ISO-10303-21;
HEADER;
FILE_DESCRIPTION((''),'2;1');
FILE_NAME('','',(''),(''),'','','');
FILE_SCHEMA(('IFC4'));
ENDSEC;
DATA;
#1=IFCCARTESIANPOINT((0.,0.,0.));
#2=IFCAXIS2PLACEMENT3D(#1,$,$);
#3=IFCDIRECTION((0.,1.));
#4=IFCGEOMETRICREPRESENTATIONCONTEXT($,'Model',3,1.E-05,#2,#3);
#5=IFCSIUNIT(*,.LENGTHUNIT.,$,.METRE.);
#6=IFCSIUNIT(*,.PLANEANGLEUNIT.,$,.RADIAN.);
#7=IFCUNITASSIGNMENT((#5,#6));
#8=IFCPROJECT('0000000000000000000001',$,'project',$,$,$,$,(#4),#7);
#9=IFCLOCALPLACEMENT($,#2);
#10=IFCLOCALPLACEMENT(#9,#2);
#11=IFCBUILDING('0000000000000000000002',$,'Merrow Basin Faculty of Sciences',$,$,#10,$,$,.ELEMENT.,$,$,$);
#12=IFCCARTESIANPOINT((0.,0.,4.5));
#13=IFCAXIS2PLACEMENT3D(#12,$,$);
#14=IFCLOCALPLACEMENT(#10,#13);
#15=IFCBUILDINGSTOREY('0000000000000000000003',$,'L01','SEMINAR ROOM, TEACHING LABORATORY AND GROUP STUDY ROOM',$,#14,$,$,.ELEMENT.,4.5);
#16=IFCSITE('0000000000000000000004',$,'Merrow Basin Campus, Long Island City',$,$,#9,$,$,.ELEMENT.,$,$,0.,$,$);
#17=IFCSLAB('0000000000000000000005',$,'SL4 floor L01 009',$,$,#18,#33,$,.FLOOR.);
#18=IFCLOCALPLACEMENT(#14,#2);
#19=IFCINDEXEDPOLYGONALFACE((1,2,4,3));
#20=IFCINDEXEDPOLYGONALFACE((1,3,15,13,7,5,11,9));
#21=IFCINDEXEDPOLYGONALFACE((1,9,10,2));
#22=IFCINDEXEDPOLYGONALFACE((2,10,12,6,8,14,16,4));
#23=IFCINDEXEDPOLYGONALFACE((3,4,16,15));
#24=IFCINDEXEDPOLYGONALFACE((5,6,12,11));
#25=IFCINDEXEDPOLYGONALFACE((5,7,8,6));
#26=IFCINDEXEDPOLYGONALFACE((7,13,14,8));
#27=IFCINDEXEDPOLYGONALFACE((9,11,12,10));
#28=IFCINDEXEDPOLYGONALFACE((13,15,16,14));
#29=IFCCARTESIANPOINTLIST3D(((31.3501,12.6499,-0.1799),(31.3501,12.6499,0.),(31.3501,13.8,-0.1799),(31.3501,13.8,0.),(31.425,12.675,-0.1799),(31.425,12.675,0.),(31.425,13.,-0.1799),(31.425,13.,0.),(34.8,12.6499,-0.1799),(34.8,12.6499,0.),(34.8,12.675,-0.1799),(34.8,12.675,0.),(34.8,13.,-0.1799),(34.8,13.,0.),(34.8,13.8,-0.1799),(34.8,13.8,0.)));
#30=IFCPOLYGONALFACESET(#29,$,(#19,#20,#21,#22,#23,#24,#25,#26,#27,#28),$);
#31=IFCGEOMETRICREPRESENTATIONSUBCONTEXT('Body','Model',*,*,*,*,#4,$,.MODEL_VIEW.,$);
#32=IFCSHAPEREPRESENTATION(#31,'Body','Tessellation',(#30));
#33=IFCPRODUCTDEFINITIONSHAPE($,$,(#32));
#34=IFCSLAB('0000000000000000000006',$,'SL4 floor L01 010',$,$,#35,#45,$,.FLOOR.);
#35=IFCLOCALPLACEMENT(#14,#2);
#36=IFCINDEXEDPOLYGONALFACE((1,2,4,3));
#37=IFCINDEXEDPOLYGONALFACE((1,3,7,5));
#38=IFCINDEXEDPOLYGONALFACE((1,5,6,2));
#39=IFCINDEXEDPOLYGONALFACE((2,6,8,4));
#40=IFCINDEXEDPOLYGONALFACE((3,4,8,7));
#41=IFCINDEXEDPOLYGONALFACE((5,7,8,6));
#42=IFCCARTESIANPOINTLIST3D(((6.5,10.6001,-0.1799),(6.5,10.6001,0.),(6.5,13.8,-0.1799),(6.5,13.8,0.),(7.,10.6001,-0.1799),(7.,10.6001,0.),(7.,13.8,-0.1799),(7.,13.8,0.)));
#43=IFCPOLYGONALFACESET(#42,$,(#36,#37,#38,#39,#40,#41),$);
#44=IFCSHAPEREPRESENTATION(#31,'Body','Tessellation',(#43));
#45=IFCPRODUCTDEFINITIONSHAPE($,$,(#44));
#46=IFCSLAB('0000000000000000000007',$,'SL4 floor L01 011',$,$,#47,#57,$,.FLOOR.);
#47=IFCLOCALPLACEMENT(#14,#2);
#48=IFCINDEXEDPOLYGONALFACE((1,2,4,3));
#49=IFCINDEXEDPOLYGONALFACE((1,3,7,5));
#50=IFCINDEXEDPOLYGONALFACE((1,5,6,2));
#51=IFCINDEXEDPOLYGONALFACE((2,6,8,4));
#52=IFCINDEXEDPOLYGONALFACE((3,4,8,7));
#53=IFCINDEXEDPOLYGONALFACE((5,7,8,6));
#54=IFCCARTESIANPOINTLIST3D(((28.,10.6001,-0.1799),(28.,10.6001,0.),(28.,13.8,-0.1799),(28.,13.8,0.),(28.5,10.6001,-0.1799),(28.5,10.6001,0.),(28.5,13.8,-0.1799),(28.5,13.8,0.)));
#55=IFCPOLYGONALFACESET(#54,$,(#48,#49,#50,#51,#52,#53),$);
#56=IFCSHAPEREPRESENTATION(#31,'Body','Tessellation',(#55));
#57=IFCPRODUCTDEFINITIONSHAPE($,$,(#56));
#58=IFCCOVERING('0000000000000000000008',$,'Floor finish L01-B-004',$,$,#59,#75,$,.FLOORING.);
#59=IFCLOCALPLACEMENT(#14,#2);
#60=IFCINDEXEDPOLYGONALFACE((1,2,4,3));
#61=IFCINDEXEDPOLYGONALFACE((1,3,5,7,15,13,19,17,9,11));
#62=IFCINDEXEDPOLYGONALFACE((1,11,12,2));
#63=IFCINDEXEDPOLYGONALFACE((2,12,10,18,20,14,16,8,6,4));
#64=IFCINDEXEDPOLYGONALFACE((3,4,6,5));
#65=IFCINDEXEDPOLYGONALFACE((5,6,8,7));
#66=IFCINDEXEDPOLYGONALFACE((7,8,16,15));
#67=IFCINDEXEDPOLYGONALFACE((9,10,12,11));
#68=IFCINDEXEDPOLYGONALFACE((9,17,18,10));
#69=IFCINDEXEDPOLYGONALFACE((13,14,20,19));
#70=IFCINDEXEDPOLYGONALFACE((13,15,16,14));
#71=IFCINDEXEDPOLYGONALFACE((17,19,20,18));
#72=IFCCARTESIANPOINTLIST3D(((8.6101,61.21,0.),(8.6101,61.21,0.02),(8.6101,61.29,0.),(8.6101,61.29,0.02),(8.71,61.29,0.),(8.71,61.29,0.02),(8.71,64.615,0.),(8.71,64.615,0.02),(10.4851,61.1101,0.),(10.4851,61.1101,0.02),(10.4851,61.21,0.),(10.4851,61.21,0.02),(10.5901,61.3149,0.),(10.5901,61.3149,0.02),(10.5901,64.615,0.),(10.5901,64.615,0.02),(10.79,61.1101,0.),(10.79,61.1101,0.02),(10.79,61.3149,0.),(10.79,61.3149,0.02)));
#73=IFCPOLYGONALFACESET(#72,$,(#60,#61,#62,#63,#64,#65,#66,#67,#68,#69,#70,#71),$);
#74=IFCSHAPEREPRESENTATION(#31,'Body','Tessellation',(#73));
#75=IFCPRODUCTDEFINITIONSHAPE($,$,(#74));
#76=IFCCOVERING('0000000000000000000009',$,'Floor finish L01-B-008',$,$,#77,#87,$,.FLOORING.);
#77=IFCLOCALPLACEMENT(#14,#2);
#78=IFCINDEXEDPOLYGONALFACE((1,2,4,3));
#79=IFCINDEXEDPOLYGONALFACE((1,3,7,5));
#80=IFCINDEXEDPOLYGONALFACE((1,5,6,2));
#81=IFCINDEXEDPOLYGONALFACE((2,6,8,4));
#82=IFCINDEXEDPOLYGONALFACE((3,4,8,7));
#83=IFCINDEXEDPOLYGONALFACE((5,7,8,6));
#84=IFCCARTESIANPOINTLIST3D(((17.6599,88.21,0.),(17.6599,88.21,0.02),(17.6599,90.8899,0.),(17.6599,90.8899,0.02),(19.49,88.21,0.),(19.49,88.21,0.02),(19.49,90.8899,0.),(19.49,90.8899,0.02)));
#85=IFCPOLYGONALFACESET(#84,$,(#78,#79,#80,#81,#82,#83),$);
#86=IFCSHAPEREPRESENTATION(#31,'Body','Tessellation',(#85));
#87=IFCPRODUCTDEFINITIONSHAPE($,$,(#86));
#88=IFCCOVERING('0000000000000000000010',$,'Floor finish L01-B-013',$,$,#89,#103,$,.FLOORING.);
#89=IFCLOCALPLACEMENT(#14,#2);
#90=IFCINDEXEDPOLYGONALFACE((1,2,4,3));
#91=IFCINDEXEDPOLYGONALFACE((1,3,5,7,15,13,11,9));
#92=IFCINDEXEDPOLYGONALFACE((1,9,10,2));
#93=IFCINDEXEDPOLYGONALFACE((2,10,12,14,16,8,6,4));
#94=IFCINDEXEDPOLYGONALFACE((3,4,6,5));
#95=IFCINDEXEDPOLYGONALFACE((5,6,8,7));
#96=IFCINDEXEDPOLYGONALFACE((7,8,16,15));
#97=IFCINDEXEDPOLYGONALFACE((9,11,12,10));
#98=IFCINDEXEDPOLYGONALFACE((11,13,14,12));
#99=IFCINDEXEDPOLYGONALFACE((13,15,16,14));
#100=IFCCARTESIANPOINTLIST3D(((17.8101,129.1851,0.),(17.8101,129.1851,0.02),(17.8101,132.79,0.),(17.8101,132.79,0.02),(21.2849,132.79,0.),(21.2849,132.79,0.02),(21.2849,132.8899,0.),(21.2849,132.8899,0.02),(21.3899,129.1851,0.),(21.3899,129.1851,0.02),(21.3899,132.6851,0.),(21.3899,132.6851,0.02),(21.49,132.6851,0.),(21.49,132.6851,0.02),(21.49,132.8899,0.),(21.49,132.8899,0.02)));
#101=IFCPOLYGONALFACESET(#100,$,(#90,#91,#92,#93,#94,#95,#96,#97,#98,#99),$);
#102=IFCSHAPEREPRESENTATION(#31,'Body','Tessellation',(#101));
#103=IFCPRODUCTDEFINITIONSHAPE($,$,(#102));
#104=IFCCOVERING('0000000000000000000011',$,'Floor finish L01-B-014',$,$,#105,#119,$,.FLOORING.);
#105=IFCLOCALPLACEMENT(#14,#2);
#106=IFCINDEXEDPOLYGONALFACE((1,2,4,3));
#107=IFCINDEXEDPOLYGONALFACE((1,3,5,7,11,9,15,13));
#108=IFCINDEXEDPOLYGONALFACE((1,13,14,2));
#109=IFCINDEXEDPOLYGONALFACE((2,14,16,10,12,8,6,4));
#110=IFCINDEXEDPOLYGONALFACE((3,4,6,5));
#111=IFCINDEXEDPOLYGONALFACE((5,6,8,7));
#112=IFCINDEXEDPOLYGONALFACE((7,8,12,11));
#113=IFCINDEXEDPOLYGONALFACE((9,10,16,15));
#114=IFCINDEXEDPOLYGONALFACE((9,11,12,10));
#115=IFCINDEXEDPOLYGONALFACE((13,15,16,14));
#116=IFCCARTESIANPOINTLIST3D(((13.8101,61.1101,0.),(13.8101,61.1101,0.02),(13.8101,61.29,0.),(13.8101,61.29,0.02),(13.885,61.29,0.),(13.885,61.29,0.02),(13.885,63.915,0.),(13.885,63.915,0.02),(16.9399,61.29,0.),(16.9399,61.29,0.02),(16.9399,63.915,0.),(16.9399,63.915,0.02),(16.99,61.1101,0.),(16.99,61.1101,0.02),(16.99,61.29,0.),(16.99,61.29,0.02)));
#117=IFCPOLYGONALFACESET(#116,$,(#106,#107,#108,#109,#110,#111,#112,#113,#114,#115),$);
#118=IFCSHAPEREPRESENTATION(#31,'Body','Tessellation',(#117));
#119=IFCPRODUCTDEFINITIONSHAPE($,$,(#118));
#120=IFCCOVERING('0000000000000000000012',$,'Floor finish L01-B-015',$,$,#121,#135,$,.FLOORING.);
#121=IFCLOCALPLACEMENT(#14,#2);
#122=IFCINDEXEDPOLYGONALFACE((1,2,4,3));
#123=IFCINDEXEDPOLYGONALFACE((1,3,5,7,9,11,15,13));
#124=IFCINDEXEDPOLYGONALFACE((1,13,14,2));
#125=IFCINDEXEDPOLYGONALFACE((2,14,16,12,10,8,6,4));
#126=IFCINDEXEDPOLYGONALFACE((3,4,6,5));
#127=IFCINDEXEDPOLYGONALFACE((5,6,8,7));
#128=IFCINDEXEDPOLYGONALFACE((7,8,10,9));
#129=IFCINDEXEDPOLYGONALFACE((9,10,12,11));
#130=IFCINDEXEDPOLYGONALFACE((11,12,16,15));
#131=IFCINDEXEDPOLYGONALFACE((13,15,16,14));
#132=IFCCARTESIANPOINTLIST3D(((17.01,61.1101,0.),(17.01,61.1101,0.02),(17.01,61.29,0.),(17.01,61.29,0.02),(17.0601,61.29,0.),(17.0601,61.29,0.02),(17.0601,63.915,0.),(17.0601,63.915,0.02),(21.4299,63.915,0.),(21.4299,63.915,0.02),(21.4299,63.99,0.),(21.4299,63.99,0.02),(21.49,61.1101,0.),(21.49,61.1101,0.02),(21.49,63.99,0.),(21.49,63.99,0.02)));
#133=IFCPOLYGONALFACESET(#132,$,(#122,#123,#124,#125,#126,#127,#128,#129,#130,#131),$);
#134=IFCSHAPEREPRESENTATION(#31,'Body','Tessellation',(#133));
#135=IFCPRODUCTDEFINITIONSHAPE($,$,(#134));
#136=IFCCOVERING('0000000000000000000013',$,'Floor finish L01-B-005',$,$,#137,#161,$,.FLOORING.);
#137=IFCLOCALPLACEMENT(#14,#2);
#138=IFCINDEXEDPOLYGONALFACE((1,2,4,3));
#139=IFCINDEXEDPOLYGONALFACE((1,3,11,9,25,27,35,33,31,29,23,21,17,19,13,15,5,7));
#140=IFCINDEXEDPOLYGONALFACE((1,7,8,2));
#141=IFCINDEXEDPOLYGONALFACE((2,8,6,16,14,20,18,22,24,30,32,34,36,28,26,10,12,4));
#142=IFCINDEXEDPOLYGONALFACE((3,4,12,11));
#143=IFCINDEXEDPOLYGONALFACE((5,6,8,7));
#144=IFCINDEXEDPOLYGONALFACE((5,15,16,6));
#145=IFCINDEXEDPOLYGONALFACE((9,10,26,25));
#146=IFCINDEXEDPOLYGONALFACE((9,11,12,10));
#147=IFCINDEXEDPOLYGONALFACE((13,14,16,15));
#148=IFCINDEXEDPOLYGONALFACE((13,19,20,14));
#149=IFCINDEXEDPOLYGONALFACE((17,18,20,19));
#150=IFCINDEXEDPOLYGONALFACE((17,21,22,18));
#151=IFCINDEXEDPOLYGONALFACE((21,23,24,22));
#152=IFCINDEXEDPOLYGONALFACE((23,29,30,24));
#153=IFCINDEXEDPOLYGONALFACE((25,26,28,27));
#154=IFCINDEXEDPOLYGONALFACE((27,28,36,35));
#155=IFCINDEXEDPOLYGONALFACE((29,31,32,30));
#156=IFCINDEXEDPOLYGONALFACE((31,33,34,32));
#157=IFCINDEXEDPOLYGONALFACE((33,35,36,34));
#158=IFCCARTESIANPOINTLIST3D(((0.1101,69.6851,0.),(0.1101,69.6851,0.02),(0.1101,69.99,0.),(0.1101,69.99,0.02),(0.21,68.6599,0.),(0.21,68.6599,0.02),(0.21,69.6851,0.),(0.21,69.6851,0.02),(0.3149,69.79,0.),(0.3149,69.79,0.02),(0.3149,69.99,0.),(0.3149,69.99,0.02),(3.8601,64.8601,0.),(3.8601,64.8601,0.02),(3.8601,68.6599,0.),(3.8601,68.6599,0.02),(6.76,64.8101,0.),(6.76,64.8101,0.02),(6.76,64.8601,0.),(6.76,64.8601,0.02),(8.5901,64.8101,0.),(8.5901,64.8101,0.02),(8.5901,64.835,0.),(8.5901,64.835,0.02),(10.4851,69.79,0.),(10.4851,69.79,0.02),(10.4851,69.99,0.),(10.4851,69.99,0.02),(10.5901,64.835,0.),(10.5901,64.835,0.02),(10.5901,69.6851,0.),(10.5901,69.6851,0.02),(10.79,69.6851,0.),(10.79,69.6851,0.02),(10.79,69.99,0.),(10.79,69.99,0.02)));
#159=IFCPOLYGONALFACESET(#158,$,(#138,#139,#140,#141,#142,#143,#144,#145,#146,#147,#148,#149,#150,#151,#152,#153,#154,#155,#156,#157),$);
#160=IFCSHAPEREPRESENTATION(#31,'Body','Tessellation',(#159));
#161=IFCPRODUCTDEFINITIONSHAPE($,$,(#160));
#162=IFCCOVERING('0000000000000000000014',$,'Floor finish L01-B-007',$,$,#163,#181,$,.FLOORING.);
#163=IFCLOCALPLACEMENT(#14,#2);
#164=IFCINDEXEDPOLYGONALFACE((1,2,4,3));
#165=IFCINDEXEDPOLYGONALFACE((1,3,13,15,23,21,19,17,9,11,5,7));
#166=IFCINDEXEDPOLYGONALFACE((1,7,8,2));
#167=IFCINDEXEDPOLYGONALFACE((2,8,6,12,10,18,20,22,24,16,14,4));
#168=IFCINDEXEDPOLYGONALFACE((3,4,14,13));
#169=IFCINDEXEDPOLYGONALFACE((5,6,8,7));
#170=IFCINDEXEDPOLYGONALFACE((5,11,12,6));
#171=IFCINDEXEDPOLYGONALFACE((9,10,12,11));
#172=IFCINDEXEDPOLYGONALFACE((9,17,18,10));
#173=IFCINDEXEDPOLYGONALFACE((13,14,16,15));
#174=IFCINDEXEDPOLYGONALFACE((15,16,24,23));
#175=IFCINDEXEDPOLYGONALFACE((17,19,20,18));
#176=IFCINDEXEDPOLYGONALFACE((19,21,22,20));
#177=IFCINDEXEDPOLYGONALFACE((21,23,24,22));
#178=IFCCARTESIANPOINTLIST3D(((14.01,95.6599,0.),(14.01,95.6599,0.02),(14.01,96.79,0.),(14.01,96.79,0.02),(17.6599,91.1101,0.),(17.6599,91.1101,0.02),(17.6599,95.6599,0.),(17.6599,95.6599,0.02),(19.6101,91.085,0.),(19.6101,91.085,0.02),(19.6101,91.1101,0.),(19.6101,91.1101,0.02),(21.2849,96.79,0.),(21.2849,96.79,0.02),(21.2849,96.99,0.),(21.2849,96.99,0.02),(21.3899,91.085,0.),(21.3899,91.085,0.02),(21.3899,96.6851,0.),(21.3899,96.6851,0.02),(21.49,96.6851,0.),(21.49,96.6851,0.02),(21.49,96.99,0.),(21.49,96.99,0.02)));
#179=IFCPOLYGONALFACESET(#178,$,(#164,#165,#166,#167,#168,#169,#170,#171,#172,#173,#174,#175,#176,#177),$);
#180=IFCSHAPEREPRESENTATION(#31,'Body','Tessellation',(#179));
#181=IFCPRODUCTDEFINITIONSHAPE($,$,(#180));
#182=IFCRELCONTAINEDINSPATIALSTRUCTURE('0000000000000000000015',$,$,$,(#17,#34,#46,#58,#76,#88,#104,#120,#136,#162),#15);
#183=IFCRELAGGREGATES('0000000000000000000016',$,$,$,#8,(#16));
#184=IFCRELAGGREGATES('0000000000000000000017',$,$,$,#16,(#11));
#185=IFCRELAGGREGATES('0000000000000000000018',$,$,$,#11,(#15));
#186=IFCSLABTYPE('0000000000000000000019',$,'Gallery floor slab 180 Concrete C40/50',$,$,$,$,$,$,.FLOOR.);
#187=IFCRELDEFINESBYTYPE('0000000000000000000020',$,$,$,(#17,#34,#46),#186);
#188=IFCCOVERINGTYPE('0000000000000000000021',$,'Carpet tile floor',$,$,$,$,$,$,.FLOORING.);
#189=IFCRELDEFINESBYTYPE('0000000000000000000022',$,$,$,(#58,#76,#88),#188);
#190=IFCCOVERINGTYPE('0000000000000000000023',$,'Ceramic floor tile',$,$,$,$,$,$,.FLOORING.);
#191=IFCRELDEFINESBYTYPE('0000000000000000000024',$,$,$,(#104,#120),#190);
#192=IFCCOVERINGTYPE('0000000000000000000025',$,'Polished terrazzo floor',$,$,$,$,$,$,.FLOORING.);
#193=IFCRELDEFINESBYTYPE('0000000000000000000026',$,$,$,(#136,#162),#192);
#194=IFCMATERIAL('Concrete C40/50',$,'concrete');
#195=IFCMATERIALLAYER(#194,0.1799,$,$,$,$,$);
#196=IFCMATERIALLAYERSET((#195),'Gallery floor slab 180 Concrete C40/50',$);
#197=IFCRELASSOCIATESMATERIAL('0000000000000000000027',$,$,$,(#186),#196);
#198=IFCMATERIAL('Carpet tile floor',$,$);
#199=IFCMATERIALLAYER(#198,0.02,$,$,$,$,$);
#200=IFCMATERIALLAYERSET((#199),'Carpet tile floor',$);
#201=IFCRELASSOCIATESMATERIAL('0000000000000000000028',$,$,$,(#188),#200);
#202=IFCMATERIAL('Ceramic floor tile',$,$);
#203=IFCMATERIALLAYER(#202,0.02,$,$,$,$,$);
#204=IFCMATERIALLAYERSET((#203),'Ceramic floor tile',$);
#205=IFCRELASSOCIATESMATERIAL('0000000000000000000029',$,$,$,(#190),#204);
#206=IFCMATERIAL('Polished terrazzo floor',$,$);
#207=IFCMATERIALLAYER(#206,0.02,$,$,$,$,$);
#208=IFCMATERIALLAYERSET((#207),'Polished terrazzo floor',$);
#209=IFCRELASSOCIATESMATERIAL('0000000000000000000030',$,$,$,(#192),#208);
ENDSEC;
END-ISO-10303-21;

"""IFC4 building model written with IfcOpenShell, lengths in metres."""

from ifc_helpers import new_model, si_unit, direction, frame, origin, place, context, subcontext, project, spatial, polyline, outline, extrude, material, layer, layer_set, type_object, element, save


model = new_model("IFC4")

# Units and contexts
model_context = context("Model", 3, precision=1e-05, world=origin(), true_north=direction((0.0, 1.0)))
body_context = subcontext(model_context, "Body", "Model", "MODEL_VIEW")
ifc_project = project(units=[si_unit("LENGTHUNIT", "METRE"), si_unit("PLANEANGLEUNIT", "RADIAN")], contexts=[model_context])

# Site, building, storey
site_placement = place(None, origin())
site = spatial("IfcSite", under=ifc_project, at=site_placement, Name="Merrow Basin Campus, Long Island City", CompositionType="ELEMENT", RefElevation=0.0)
building_placement = place(site_placement, origin())
building = spatial("IfcBuilding", under=site, at=building_placement, Name="Merrow Basin Faculty of Sciences", CompositionType="ELEMENT")
storey_placement = place(building_placement, frame((0.0, 0.0, 4.5)))
storey = spatial("IfcBuildingStorey", under=building, at=storey_placement, Name="L01", Description="SEMINAR ROOM, TEACHING LABORATORY AND GROUP STUDY ROOM", CompositionType="ELEMENT", Elevation=4.5)

# Slabs
ifc_material_1 = material(Name="Concrete C40/50", Category="concrete")
ifc_layer_1 = layer(ifc_material_1, 0.1799)
ifc_layer_set_1 = layer_set([ifc_layer_1], Name="Gallery floor slab 180 Concrete C40/50")
slab_type_1 = type_object("IfcSlabType", Name="Gallery floor slab 180 Concrete C40/50", PredefinedType="FLOOR", material=ifc_layer_set_1)
slab_1_placement = place(storey_placement, frame((0.0, 0.0, -0.1799)))
element("IfcSlab", 1, at=slab_1_placement, inside=storey, type_object=slab_type_1, Name="SL4 floor L01 009", PredefinedType="FLOOR", context=body_context, shape_type="SweptSolid", body=[
    extrude(outline(polyline([(34.8, 12.675), (34.8, 12.6499), (31.3501, 12.6499), (31.3501, 13.8), (34.8, 13.8), (34.8, 13.0), (31.425, 13.0), (31.425, 12.675), (34.8, 12.675)])), origin(), (0.0, 0.0, 1.0), 0.1799),
])
slab_2_placement = place(storey_placement, frame((0.0, 0.0, -0.1799)))
element("IfcSlab", 2, at=slab_2_placement, inside=storey, type_object=slab_type_1, Name="SL4 floor L01 010", PredefinedType="FLOOR", context=body_context, shape_type="SweptSolid", body=[
    extrude(outline(polyline([(7.0, 13.8), (7.0, 10.6001), (6.5, 10.6001), (6.5, 13.8), (7.0, 13.8)])), origin(), (0.0, 0.0, 1.0), 0.1799),
])
slab_3_placement = place(storey_placement, frame((0.0, 0.0, -0.1799)))
element("IfcSlab", 3, at=slab_3_placement, inside=storey, type_object=slab_type_1, Name="SL4 floor L01 011", PredefinedType="FLOOR", context=body_context, shape_type="SweptSolid", body=[
    extrude(outline(polyline([(28.0, 10.6001), (28.0, 13.8), (28.5, 13.8), (28.5, 10.6001), (28.0, 10.6001)])), origin(), (0.0, 0.0, 1.0), 0.1799),
])

# Coverings
ifc_material_2 = material(Name="Carpet tile floor")
ifc_layer_2 = layer(ifc_material_2, 0.02)
ifc_layer_set_2 = layer_set([ifc_layer_2], Name="Carpet tile floor")
covering_type_1 = type_object("IfcCoveringType", Name="Carpet tile floor", PredefinedType="FLOORING", material=ifc_layer_set_2)
covering_1_placement = place(storey_placement, origin())
element("IfcCovering", 4, at=covering_1_placement, inside=storey, type_object=covering_type_1, Name="Floor finish L01-B-004", PredefinedType="FLOORING", context=body_context, shape_type="SweptSolid", body=[
    extrude(outline(polyline([(10.5901, 64.615), (10.5901, 61.3149), (10.79, 61.3149), (10.79, 61.1101), (10.4851, 61.1101), (10.4851, 61.21), (8.6101, 61.21), (8.6101, 61.29), (8.71, 61.29), (8.71, 64.615), (10.5901, 64.615)])), origin(), (0.0, 0.0, 1.0), 0.02),
])
covering_2_placement = place(storey_placement, origin())
element("IfcCovering", 5, at=covering_2_placement, inside=storey, type_object=covering_type_1, Name="Floor finish L01-B-008", PredefinedType="FLOORING", context=body_context, shape_type="SweptSolid", body=[
    extrude(outline(polyline([(17.6599, 88.21), (17.6599, 90.8899), (19.49, 90.8899), (19.49, 88.21), (17.6599, 88.21)])), origin(), (0.0, 0.0, 1.0), 0.02),
])
covering_3_placement = place(storey_placement, origin())
element("IfcCovering", 6, at=covering_3_placement, inside=storey, type_object=covering_type_1, Name="Floor finish L01-B-013", PredefinedType="FLOORING", context=body_context, shape_type="SweptSolid", body=[
    extrude(outline(polyline([(21.3899, 129.1851), (17.8101, 129.1851), (17.8101, 132.79), (21.2849, 132.79), (21.2849, 132.8899), (21.49, 132.8899), (21.49, 132.6851), (21.3899, 132.6851), (21.3899, 129.1851)])), origin(), (0.0, 0.0, 1.0), 0.02),
])
ifc_material_3 = material(Name="Ceramic floor tile")
ifc_layer_3 = layer(ifc_material_3, 0.02)
ifc_layer_set_3 = layer_set([ifc_layer_3], Name="Ceramic floor tile")
covering_type_2 = type_object("IfcCoveringType", Name="Ceramic floor tile", PredefinedType="FLOORING", material=ifc_layer_set_3)
covering_4_placement = place(storey_placement, origin())
element("IfcCovering", 7, at=covering_4_placement, inside=storey, type_object=covering_type_2, Name="Floor finish L01-B-014", PredefinedType="FLOORING", context=body_context, shape_type="SweptSolid", body=[
    extrude(outline(polyline([(16.99, 61.1101), (13.8101, 61.1101), (13.8101, 61.29), (13.885, 61.29), (13.885, 63.915), (16.9399, 63.915), (16.9399, 61.29), (16.99, 61.29), (16.99, 61.1101)])), origin(), (0.0, 0.0, 1.0), 0.02),
])
covering_5_placement = place(storey_placement, origin())
element("IfcCovering", 8, at=covering_5_placement, inside=storey, type_object=covering_type_2, Name="Floor finish L01-B-015", PredefinedType="FLOORING", context=body_context, shape_type="SweptSolid", body=[
    extrude(outline(polyline([(21.49, 63.99), (21.49, 61.1101), (17.01, 61.1101), (17.01, 61.29), (17.0601, 61.29), (17.0601, 63.915), (21.4299, 63.915), (21.4299, 63.99), (21.49, 63.99)])), origin(), (0.0, 0.0, 1.0), 0.02),
])
ifc_material_4 = material(Name="Polished terrazzo floor")
ifc_layer_4 = layer(ifc_material_4, 0.02)
ifc_layer_set_4 = layer_set([ifc_layer_4], Name="Polished terrazzo floor")
covering_type_3 = type_object("IfcCoveringType", Name="Polished terrazzo floor", PredefinedType="FLOORING", material=ifc_layer_set_4)
covering_6_placement = place(storey_placement, origin())
element("IfcCovering", 9, at=covering_6_placement, inside=storey, type_object=covering_type_3, Name="Floor finish L01-B-005", PredefinedType="FLOORING", context=body_context, shape_type="SweptSolid", body=[
    extrude(outline(polyline([(10.5901, 64.835), (8.5901, 64.835), (8.5901, 64.8101), (6.76, 64.8101), (6.76, 64.8601), (3.8601, 64.8601), (3.8601, 68.6599), (0.21, 68.6599), (0.21, 69.6851), (0.1101, 69.6851), (0.1101, 69.99), (0.3149, 69.99), (0.3149, 69.79), (10.4851, 69.79), (10.4851, 69.99), (10.79, 69.99), (10.79, 69.6851), (10.5901, 69.6851), (10.5901, 64.835)])), origin(), (0.0, 0.0, 1.0), 0.02),
])
covering_7_placement = place(storey_placement, origin())
element("IfcCovering", 10, at=covering_7_placement, inside=storey, type_object=covering_type_3, Name="Floor finish L01-B-007", PredefinedType="FLOORING", context=body_context, shape_type="SweptSolid", body=[
    extrude(outline(polyline([(21.3899, 91.085), (19.6101, 91.085), (19.6101, 91.1101), (17.6599, 91.1101), (17.6599, 95.6599), (14.01, 95.6599), (14.01, 96.79), (21.2849, 96.79), (21.2849, 96.99), (21.49, 96.99), (21.49, 96.6851), (21.3899, 96.6851), (21.3899, 91.085)])), origin(), (0.0, 0.0, 1.0), 0.02),
])

save(model, "model.ifc")
